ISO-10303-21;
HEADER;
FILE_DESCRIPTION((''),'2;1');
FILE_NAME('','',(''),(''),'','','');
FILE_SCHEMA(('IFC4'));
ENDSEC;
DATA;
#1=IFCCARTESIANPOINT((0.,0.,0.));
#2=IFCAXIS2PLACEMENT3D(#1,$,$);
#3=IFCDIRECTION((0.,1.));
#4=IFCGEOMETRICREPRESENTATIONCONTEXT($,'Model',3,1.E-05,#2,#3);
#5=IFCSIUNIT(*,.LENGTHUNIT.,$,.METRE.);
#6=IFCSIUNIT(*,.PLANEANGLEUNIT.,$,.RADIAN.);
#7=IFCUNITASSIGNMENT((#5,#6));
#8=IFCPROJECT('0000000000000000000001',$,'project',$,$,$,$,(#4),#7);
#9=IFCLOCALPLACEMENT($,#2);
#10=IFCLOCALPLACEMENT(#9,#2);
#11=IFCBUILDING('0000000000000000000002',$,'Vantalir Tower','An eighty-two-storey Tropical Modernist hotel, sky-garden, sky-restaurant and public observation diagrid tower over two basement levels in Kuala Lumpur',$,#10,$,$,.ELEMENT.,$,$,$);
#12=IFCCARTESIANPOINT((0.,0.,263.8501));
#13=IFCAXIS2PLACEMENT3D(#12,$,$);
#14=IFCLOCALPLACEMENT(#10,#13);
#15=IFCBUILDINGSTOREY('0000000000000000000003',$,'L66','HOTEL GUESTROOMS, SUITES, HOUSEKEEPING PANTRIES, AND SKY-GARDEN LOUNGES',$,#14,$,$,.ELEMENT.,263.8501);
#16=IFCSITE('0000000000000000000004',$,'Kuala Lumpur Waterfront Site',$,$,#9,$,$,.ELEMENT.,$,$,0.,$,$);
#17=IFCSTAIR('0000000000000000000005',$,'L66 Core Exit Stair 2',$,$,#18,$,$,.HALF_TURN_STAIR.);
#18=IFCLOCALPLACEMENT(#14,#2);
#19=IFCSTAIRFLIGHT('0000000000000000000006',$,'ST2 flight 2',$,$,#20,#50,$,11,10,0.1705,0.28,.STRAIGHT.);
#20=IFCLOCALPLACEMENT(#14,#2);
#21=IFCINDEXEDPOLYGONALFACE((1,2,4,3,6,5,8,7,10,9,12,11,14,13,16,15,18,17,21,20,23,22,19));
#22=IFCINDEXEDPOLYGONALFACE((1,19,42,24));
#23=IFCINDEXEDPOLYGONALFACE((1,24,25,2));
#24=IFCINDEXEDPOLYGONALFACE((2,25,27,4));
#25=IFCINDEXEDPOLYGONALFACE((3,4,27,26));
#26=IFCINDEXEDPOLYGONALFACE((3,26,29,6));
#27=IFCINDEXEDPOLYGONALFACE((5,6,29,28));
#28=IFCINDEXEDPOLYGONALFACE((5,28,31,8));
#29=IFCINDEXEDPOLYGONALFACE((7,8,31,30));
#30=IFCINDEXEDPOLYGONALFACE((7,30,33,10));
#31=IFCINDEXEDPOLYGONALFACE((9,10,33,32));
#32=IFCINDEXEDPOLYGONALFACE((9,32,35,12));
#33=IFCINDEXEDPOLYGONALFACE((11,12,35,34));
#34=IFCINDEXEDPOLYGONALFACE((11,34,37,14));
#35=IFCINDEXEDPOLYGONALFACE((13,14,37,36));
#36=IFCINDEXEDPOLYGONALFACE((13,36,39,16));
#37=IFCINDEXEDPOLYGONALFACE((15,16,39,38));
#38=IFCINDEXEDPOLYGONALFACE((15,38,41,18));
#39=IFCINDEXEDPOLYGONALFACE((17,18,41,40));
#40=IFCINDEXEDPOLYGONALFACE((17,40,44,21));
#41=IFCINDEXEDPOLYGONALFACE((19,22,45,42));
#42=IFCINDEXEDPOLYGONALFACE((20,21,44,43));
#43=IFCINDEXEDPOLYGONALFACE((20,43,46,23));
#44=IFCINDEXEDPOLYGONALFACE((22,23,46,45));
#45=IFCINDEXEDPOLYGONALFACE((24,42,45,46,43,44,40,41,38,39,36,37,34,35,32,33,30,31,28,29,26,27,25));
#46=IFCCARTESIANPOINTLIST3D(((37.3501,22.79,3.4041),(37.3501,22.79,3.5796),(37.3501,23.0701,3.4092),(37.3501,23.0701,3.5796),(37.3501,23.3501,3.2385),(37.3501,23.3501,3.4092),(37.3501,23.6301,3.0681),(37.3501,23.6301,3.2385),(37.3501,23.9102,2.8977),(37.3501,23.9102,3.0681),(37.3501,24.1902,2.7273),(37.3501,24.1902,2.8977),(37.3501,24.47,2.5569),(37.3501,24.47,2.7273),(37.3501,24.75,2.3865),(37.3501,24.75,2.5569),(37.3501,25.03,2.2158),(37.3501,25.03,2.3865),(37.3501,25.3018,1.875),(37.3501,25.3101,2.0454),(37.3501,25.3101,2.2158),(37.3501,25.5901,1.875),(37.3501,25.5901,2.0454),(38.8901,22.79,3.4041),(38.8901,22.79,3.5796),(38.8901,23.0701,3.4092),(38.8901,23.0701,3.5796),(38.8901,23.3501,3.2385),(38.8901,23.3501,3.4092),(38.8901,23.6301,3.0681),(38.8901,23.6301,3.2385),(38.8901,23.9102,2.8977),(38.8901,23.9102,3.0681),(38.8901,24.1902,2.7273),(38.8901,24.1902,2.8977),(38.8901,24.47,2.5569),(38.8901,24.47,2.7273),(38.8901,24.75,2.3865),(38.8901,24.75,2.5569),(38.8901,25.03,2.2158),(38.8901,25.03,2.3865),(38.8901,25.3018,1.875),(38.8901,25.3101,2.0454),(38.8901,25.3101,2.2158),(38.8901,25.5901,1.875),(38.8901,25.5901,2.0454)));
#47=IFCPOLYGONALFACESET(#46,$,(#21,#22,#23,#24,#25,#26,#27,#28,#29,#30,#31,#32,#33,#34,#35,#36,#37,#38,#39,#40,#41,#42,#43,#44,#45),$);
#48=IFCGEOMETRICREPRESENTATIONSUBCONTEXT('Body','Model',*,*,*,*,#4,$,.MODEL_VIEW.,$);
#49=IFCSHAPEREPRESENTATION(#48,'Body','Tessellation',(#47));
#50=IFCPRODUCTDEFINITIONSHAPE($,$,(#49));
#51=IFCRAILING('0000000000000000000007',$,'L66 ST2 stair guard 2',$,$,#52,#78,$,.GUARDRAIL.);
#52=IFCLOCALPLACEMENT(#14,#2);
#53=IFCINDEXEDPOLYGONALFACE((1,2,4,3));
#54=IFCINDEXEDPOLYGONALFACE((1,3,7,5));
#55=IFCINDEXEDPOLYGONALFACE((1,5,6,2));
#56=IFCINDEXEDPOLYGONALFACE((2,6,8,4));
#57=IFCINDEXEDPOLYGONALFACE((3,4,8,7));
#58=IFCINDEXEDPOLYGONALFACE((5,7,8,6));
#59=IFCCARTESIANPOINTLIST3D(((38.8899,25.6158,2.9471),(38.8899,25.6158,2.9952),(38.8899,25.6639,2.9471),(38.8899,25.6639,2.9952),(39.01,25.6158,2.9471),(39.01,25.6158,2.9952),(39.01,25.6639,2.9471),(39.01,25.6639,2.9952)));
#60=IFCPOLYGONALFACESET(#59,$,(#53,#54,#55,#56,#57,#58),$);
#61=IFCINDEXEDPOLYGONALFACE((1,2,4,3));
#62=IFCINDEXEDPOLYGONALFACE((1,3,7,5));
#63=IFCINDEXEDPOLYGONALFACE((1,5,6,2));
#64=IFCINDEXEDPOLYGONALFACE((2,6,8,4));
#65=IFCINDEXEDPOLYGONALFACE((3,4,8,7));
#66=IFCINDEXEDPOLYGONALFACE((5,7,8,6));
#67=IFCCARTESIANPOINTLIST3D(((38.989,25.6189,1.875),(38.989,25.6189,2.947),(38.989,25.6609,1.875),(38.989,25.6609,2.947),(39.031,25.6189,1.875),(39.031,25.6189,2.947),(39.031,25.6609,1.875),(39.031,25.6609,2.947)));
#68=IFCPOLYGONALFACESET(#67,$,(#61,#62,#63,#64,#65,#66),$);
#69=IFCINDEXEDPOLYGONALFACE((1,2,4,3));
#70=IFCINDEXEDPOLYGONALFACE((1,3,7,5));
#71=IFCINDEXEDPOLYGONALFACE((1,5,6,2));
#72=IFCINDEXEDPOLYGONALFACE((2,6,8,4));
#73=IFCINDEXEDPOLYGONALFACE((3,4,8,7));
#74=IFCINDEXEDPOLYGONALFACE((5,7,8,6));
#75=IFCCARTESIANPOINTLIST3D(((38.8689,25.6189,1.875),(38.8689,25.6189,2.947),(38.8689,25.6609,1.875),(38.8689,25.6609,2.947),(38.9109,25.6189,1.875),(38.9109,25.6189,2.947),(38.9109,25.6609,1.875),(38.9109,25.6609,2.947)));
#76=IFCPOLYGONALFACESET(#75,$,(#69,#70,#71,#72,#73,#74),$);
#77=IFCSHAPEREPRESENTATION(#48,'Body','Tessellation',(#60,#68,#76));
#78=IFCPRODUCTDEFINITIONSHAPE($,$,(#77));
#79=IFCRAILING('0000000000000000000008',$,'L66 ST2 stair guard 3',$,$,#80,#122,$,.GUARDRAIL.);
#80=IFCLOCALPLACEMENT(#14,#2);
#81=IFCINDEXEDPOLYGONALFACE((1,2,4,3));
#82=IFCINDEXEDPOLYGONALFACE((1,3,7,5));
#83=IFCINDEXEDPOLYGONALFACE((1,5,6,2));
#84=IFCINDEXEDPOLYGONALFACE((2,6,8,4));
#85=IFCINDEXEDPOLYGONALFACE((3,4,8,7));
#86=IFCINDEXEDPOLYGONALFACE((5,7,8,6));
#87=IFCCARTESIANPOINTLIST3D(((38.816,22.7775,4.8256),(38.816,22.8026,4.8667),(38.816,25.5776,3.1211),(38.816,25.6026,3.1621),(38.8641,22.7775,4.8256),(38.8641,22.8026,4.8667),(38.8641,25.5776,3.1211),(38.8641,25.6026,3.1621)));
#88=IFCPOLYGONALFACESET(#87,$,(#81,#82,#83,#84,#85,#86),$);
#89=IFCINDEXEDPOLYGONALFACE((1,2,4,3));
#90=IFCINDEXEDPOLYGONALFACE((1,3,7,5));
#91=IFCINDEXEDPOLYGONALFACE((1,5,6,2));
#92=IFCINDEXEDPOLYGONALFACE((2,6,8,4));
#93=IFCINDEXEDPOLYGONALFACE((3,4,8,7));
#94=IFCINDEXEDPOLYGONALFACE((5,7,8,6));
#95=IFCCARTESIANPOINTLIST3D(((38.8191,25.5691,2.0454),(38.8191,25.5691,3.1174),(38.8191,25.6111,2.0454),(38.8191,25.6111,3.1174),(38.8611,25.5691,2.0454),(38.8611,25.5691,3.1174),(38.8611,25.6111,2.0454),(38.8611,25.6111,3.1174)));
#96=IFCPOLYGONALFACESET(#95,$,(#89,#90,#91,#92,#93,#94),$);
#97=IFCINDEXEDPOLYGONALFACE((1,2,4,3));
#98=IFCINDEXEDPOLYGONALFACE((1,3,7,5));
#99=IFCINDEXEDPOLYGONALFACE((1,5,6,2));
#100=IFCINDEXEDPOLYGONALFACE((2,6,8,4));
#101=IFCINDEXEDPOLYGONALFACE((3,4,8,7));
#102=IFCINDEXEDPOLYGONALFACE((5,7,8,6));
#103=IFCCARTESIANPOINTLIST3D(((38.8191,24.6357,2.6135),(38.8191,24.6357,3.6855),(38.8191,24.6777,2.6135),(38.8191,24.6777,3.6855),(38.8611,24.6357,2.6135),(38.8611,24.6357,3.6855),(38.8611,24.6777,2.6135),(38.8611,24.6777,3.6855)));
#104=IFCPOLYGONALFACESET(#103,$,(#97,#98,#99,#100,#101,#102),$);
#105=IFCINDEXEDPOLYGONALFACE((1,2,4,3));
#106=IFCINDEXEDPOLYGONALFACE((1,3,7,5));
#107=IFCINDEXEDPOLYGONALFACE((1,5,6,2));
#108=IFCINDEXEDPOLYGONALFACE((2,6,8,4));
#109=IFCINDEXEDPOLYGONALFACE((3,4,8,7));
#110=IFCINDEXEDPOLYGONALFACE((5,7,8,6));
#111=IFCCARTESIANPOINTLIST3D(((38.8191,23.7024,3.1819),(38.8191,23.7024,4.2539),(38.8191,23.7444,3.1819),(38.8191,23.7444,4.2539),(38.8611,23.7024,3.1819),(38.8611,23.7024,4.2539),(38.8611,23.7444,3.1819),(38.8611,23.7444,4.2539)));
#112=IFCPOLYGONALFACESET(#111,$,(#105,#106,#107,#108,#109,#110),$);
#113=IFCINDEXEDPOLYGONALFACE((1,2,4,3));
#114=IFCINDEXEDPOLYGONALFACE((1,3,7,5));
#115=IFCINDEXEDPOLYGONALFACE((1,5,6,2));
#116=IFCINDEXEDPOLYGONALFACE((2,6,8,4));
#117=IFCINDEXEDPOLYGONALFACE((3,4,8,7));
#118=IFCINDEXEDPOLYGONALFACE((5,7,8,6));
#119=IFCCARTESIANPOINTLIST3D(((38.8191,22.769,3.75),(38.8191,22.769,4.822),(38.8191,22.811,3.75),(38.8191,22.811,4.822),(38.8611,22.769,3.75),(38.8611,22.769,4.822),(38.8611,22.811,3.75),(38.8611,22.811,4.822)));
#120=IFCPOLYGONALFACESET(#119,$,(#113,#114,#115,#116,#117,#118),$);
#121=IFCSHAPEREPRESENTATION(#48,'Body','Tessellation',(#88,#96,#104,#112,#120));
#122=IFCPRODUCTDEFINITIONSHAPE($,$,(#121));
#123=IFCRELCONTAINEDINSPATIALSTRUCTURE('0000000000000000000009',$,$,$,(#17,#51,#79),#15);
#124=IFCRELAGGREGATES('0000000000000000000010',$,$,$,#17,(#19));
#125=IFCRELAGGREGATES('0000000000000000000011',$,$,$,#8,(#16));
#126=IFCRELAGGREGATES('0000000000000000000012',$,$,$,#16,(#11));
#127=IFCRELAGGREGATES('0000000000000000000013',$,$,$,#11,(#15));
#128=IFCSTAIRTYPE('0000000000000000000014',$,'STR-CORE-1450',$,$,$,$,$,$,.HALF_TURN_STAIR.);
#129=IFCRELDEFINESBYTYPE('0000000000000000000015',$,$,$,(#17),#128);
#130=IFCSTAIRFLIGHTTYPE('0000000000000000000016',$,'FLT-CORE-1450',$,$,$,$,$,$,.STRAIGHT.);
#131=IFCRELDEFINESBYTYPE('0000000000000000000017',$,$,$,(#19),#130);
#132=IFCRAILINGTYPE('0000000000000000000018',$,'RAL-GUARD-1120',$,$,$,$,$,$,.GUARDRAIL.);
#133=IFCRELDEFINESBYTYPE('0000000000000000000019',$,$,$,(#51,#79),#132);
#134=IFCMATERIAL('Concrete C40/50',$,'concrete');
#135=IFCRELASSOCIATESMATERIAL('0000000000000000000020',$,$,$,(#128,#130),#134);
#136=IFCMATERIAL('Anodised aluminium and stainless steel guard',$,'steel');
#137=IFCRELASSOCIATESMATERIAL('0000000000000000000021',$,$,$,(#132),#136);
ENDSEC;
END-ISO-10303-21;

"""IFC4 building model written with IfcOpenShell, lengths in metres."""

from ifc_helpers import new_model, si_unit, direction, frame, origin, origin_2d, place, context, subcontext, project, spatial, polyline, rectangle, outline, extrude, material, type_object, element, aggregate, save


model = new_model("IFC4")

# Units and contexts
model_context = context("Model", 3, precision=1e-05, world=origin(), true_north=direction((0.0, 1.0)))
body_context = subcontext(model_context, "Body", "Model", "MODEL_VIEW")
ifc_project = project(units=[si_unit("LENGTHUNIT", "METRE"), si_unit("PLANEANGLEUNIT", "RADIAN")], contexts=[model_context])

# Site, building, storey
site_placement = place(None, origin())
site = spatial("IfcSite", under=ifc_project, at=site_placement, Name="Kuala Lumpur Waterfront Site", CompositionType="ELEMENT", RefElevation=0.0)
building_placement = place(site_placement, origin())
building = spatial("IfcBuilding", under=site, at=building_placement, Name="Vantalir Tower", Description="An eighty-two-storey Tropical Modernist hotel, sky-garden, sky-restaurant and public observation diagrid tower over two basement levels in Kuala Lumpur", CompositionType="ELEMENT")
storey_placement = place(building_placement, frame((0.0, 0.0, 263.8501)))
storey = spatial("IfcBuildingStorey", under=building, at=storey_placement, Name="L66", Description="HOTEL GUESTROOMS, SUITES, HOUSEKEEPING PANTRIES, AND SKY-GARDEN LOUNGES", CompositionType="ELEMENT", Elevation=263.8501)

# Stair, stair flight
ifc_material_1 = material(Name="Concrete C40/50", Category="concrete")
stair_type = type_object("IfcStairType", Name="STR-CORE-1450", PredefinedType="HALF_TURN_STAIR", material=ifc_material_1)
stair_placement = place(storey_placement, origin())
stair = element("IfcStair", 1, at=stair_placement, inside=storey, type_object=stair_type, Name="L66 Core Exit Stair 2", PredefinedType="HALF_TURN_STAIR")
stair_flight_type = type_object("IfcStairFlightType", Name="FLT-CORE-1450", PredefinedType="STRAIGHT", material=ifc_material_1)
stair_flight_placement = place(storey_placement, frame((38.1201, 25.5901, 1.875), z_axis=(0.0, 0.0, 1.0), x_axis=(0.0, -1.0, 0.0)))
stair_flight = element("IfcStairFlight", 2, at=stair_flight_placement, type_object=stair_flight_type, Name="ST2 flight 2", NumberOfRisers=11, NumberOfTreads=10, PredefinedType="STRAIGHT", RiserHeight=0.1705, TreadLength=0.28, context=body_context, shape_type="SweptSolid", body=[
    extrude(outline(polyline([(0.0, 0.0), (0.0, 0.1704), (0.28, 0.1704), (0.28, 0.3408), (0.5601, 0.3408), (0.5601, 0.5115), (0.8401, 0.5115), (0.8401, 0.6819), (1.1201, 0.6819), (1.1201, 0.8523), (1.3999, 0.8523), (1.3999, 1.0227), (1.6799, 1.0227), (1.6799, 1.1931), (1.96, 1.1931), (1.96, 1.3635), (2.24, 1.3635), (2.24, 1.5342), (2.52, 1.5342), (2.52, 1.7046), (2.8, 1.7046), (2.8, 1.875), (2.8, 1.5291), (0.2883, 0.0), (0.0, 0.0)])), frame((0.0, 0.77, 0.0), z_axis=(0.0, -1.0, 0.0), x_axis=(1.0, 0.0, 0.0)), (0.0, 0.0, 1.0), 1.54),
])
aggregate(stair, [stair_flight])

# Railings
ifc_material_2 = material(Name="Anodised aluminium and stainless steel guard", Category="steel")
railing_type = type_object("IfcRailingType", Name="RAL-GUARD-1120", PredefinedType="GUARDRAIL", material=ifc_material_2)
railing_1_placement = place(storey_placement, frame((39.01, 25.6399, 1.875)))
element("IfcRailing", 3, at=railing_1_placement, inside=storey, type_object=railing_type, Name="L66 ST2 stair guard 2", PredefinedType="GUARDRAIL", context=body_context, shape_type="SweptSolid", body=[
    extrude(rectangle(XDim=0.0481, YDim=0.0481, at=origin_2d()), frame((0.0, 0.0, 1.0962), z_axis=(-1.0, 0.0, 0.0), x_axis=(0.0, -1.0, 0.0)), (0.0, 0.0, 1.0), 0.1201),
    extrude(rectangle(XDim=0.042, YDim=0.042, at=origin_2d()), origin(), (0.0, 0.0, 1.0), 1.072),
    extrude(rectangle(XDim=0.042, YDim=0.042, at=origin_2d()), frame((-0.1201, 0.0, 0.0)), (0.0, 0.0, 1.0), 1.072),
])
railing_2_placement = place(storey_placement, frame((38.8401, 25.5901, 2.0454)))
element("IfcRailing", 4, at=railing_2_placement, inside=storey, type_object=railing_type, Name="L66 ST2 stair guard 3", PredefinedType="GUARDRAIL", context=body_context, shape_type="SweptSolid", body=[
    extrude(rectangle(XDim=0.0481, YDim=0.0481, at=origin_2d()), frame((0.0, 0.0, 1.0962), z_axis=(0.0, -0.85417, 0.519994), x_axis=(1.0, 0.0, 0.0)), (0.0, 0.0, 1.0), 3.2781),
    extrude(rectangle(XDim=0.042, YDim=0.042, at=origin_2d()), origin(), (0.0, 0.0, 1.0), 1.072),
    extrude(rectangle(XDim=0.042, YDim=0.042, at=origin_2d()), frame((0.0, -0.9333, 0.5681)), (0.0, 0.0, 1.0), 1.072),
    extrude(rectangle(XDim=0.042, YDim=0.042, at=origin_2d()), frame((0.0, -1.8667, 1.1365)), (0.0, 0.0, 1.0), 1.072),
    extrude(rectangle(XDim=0.042, YDim=0.042, at=origin_2d()), frame((0.0, -2.8, 1.7046)), (0.0, 0.0, 1.0), 1.072),
])

save(model, "model.ifc")
